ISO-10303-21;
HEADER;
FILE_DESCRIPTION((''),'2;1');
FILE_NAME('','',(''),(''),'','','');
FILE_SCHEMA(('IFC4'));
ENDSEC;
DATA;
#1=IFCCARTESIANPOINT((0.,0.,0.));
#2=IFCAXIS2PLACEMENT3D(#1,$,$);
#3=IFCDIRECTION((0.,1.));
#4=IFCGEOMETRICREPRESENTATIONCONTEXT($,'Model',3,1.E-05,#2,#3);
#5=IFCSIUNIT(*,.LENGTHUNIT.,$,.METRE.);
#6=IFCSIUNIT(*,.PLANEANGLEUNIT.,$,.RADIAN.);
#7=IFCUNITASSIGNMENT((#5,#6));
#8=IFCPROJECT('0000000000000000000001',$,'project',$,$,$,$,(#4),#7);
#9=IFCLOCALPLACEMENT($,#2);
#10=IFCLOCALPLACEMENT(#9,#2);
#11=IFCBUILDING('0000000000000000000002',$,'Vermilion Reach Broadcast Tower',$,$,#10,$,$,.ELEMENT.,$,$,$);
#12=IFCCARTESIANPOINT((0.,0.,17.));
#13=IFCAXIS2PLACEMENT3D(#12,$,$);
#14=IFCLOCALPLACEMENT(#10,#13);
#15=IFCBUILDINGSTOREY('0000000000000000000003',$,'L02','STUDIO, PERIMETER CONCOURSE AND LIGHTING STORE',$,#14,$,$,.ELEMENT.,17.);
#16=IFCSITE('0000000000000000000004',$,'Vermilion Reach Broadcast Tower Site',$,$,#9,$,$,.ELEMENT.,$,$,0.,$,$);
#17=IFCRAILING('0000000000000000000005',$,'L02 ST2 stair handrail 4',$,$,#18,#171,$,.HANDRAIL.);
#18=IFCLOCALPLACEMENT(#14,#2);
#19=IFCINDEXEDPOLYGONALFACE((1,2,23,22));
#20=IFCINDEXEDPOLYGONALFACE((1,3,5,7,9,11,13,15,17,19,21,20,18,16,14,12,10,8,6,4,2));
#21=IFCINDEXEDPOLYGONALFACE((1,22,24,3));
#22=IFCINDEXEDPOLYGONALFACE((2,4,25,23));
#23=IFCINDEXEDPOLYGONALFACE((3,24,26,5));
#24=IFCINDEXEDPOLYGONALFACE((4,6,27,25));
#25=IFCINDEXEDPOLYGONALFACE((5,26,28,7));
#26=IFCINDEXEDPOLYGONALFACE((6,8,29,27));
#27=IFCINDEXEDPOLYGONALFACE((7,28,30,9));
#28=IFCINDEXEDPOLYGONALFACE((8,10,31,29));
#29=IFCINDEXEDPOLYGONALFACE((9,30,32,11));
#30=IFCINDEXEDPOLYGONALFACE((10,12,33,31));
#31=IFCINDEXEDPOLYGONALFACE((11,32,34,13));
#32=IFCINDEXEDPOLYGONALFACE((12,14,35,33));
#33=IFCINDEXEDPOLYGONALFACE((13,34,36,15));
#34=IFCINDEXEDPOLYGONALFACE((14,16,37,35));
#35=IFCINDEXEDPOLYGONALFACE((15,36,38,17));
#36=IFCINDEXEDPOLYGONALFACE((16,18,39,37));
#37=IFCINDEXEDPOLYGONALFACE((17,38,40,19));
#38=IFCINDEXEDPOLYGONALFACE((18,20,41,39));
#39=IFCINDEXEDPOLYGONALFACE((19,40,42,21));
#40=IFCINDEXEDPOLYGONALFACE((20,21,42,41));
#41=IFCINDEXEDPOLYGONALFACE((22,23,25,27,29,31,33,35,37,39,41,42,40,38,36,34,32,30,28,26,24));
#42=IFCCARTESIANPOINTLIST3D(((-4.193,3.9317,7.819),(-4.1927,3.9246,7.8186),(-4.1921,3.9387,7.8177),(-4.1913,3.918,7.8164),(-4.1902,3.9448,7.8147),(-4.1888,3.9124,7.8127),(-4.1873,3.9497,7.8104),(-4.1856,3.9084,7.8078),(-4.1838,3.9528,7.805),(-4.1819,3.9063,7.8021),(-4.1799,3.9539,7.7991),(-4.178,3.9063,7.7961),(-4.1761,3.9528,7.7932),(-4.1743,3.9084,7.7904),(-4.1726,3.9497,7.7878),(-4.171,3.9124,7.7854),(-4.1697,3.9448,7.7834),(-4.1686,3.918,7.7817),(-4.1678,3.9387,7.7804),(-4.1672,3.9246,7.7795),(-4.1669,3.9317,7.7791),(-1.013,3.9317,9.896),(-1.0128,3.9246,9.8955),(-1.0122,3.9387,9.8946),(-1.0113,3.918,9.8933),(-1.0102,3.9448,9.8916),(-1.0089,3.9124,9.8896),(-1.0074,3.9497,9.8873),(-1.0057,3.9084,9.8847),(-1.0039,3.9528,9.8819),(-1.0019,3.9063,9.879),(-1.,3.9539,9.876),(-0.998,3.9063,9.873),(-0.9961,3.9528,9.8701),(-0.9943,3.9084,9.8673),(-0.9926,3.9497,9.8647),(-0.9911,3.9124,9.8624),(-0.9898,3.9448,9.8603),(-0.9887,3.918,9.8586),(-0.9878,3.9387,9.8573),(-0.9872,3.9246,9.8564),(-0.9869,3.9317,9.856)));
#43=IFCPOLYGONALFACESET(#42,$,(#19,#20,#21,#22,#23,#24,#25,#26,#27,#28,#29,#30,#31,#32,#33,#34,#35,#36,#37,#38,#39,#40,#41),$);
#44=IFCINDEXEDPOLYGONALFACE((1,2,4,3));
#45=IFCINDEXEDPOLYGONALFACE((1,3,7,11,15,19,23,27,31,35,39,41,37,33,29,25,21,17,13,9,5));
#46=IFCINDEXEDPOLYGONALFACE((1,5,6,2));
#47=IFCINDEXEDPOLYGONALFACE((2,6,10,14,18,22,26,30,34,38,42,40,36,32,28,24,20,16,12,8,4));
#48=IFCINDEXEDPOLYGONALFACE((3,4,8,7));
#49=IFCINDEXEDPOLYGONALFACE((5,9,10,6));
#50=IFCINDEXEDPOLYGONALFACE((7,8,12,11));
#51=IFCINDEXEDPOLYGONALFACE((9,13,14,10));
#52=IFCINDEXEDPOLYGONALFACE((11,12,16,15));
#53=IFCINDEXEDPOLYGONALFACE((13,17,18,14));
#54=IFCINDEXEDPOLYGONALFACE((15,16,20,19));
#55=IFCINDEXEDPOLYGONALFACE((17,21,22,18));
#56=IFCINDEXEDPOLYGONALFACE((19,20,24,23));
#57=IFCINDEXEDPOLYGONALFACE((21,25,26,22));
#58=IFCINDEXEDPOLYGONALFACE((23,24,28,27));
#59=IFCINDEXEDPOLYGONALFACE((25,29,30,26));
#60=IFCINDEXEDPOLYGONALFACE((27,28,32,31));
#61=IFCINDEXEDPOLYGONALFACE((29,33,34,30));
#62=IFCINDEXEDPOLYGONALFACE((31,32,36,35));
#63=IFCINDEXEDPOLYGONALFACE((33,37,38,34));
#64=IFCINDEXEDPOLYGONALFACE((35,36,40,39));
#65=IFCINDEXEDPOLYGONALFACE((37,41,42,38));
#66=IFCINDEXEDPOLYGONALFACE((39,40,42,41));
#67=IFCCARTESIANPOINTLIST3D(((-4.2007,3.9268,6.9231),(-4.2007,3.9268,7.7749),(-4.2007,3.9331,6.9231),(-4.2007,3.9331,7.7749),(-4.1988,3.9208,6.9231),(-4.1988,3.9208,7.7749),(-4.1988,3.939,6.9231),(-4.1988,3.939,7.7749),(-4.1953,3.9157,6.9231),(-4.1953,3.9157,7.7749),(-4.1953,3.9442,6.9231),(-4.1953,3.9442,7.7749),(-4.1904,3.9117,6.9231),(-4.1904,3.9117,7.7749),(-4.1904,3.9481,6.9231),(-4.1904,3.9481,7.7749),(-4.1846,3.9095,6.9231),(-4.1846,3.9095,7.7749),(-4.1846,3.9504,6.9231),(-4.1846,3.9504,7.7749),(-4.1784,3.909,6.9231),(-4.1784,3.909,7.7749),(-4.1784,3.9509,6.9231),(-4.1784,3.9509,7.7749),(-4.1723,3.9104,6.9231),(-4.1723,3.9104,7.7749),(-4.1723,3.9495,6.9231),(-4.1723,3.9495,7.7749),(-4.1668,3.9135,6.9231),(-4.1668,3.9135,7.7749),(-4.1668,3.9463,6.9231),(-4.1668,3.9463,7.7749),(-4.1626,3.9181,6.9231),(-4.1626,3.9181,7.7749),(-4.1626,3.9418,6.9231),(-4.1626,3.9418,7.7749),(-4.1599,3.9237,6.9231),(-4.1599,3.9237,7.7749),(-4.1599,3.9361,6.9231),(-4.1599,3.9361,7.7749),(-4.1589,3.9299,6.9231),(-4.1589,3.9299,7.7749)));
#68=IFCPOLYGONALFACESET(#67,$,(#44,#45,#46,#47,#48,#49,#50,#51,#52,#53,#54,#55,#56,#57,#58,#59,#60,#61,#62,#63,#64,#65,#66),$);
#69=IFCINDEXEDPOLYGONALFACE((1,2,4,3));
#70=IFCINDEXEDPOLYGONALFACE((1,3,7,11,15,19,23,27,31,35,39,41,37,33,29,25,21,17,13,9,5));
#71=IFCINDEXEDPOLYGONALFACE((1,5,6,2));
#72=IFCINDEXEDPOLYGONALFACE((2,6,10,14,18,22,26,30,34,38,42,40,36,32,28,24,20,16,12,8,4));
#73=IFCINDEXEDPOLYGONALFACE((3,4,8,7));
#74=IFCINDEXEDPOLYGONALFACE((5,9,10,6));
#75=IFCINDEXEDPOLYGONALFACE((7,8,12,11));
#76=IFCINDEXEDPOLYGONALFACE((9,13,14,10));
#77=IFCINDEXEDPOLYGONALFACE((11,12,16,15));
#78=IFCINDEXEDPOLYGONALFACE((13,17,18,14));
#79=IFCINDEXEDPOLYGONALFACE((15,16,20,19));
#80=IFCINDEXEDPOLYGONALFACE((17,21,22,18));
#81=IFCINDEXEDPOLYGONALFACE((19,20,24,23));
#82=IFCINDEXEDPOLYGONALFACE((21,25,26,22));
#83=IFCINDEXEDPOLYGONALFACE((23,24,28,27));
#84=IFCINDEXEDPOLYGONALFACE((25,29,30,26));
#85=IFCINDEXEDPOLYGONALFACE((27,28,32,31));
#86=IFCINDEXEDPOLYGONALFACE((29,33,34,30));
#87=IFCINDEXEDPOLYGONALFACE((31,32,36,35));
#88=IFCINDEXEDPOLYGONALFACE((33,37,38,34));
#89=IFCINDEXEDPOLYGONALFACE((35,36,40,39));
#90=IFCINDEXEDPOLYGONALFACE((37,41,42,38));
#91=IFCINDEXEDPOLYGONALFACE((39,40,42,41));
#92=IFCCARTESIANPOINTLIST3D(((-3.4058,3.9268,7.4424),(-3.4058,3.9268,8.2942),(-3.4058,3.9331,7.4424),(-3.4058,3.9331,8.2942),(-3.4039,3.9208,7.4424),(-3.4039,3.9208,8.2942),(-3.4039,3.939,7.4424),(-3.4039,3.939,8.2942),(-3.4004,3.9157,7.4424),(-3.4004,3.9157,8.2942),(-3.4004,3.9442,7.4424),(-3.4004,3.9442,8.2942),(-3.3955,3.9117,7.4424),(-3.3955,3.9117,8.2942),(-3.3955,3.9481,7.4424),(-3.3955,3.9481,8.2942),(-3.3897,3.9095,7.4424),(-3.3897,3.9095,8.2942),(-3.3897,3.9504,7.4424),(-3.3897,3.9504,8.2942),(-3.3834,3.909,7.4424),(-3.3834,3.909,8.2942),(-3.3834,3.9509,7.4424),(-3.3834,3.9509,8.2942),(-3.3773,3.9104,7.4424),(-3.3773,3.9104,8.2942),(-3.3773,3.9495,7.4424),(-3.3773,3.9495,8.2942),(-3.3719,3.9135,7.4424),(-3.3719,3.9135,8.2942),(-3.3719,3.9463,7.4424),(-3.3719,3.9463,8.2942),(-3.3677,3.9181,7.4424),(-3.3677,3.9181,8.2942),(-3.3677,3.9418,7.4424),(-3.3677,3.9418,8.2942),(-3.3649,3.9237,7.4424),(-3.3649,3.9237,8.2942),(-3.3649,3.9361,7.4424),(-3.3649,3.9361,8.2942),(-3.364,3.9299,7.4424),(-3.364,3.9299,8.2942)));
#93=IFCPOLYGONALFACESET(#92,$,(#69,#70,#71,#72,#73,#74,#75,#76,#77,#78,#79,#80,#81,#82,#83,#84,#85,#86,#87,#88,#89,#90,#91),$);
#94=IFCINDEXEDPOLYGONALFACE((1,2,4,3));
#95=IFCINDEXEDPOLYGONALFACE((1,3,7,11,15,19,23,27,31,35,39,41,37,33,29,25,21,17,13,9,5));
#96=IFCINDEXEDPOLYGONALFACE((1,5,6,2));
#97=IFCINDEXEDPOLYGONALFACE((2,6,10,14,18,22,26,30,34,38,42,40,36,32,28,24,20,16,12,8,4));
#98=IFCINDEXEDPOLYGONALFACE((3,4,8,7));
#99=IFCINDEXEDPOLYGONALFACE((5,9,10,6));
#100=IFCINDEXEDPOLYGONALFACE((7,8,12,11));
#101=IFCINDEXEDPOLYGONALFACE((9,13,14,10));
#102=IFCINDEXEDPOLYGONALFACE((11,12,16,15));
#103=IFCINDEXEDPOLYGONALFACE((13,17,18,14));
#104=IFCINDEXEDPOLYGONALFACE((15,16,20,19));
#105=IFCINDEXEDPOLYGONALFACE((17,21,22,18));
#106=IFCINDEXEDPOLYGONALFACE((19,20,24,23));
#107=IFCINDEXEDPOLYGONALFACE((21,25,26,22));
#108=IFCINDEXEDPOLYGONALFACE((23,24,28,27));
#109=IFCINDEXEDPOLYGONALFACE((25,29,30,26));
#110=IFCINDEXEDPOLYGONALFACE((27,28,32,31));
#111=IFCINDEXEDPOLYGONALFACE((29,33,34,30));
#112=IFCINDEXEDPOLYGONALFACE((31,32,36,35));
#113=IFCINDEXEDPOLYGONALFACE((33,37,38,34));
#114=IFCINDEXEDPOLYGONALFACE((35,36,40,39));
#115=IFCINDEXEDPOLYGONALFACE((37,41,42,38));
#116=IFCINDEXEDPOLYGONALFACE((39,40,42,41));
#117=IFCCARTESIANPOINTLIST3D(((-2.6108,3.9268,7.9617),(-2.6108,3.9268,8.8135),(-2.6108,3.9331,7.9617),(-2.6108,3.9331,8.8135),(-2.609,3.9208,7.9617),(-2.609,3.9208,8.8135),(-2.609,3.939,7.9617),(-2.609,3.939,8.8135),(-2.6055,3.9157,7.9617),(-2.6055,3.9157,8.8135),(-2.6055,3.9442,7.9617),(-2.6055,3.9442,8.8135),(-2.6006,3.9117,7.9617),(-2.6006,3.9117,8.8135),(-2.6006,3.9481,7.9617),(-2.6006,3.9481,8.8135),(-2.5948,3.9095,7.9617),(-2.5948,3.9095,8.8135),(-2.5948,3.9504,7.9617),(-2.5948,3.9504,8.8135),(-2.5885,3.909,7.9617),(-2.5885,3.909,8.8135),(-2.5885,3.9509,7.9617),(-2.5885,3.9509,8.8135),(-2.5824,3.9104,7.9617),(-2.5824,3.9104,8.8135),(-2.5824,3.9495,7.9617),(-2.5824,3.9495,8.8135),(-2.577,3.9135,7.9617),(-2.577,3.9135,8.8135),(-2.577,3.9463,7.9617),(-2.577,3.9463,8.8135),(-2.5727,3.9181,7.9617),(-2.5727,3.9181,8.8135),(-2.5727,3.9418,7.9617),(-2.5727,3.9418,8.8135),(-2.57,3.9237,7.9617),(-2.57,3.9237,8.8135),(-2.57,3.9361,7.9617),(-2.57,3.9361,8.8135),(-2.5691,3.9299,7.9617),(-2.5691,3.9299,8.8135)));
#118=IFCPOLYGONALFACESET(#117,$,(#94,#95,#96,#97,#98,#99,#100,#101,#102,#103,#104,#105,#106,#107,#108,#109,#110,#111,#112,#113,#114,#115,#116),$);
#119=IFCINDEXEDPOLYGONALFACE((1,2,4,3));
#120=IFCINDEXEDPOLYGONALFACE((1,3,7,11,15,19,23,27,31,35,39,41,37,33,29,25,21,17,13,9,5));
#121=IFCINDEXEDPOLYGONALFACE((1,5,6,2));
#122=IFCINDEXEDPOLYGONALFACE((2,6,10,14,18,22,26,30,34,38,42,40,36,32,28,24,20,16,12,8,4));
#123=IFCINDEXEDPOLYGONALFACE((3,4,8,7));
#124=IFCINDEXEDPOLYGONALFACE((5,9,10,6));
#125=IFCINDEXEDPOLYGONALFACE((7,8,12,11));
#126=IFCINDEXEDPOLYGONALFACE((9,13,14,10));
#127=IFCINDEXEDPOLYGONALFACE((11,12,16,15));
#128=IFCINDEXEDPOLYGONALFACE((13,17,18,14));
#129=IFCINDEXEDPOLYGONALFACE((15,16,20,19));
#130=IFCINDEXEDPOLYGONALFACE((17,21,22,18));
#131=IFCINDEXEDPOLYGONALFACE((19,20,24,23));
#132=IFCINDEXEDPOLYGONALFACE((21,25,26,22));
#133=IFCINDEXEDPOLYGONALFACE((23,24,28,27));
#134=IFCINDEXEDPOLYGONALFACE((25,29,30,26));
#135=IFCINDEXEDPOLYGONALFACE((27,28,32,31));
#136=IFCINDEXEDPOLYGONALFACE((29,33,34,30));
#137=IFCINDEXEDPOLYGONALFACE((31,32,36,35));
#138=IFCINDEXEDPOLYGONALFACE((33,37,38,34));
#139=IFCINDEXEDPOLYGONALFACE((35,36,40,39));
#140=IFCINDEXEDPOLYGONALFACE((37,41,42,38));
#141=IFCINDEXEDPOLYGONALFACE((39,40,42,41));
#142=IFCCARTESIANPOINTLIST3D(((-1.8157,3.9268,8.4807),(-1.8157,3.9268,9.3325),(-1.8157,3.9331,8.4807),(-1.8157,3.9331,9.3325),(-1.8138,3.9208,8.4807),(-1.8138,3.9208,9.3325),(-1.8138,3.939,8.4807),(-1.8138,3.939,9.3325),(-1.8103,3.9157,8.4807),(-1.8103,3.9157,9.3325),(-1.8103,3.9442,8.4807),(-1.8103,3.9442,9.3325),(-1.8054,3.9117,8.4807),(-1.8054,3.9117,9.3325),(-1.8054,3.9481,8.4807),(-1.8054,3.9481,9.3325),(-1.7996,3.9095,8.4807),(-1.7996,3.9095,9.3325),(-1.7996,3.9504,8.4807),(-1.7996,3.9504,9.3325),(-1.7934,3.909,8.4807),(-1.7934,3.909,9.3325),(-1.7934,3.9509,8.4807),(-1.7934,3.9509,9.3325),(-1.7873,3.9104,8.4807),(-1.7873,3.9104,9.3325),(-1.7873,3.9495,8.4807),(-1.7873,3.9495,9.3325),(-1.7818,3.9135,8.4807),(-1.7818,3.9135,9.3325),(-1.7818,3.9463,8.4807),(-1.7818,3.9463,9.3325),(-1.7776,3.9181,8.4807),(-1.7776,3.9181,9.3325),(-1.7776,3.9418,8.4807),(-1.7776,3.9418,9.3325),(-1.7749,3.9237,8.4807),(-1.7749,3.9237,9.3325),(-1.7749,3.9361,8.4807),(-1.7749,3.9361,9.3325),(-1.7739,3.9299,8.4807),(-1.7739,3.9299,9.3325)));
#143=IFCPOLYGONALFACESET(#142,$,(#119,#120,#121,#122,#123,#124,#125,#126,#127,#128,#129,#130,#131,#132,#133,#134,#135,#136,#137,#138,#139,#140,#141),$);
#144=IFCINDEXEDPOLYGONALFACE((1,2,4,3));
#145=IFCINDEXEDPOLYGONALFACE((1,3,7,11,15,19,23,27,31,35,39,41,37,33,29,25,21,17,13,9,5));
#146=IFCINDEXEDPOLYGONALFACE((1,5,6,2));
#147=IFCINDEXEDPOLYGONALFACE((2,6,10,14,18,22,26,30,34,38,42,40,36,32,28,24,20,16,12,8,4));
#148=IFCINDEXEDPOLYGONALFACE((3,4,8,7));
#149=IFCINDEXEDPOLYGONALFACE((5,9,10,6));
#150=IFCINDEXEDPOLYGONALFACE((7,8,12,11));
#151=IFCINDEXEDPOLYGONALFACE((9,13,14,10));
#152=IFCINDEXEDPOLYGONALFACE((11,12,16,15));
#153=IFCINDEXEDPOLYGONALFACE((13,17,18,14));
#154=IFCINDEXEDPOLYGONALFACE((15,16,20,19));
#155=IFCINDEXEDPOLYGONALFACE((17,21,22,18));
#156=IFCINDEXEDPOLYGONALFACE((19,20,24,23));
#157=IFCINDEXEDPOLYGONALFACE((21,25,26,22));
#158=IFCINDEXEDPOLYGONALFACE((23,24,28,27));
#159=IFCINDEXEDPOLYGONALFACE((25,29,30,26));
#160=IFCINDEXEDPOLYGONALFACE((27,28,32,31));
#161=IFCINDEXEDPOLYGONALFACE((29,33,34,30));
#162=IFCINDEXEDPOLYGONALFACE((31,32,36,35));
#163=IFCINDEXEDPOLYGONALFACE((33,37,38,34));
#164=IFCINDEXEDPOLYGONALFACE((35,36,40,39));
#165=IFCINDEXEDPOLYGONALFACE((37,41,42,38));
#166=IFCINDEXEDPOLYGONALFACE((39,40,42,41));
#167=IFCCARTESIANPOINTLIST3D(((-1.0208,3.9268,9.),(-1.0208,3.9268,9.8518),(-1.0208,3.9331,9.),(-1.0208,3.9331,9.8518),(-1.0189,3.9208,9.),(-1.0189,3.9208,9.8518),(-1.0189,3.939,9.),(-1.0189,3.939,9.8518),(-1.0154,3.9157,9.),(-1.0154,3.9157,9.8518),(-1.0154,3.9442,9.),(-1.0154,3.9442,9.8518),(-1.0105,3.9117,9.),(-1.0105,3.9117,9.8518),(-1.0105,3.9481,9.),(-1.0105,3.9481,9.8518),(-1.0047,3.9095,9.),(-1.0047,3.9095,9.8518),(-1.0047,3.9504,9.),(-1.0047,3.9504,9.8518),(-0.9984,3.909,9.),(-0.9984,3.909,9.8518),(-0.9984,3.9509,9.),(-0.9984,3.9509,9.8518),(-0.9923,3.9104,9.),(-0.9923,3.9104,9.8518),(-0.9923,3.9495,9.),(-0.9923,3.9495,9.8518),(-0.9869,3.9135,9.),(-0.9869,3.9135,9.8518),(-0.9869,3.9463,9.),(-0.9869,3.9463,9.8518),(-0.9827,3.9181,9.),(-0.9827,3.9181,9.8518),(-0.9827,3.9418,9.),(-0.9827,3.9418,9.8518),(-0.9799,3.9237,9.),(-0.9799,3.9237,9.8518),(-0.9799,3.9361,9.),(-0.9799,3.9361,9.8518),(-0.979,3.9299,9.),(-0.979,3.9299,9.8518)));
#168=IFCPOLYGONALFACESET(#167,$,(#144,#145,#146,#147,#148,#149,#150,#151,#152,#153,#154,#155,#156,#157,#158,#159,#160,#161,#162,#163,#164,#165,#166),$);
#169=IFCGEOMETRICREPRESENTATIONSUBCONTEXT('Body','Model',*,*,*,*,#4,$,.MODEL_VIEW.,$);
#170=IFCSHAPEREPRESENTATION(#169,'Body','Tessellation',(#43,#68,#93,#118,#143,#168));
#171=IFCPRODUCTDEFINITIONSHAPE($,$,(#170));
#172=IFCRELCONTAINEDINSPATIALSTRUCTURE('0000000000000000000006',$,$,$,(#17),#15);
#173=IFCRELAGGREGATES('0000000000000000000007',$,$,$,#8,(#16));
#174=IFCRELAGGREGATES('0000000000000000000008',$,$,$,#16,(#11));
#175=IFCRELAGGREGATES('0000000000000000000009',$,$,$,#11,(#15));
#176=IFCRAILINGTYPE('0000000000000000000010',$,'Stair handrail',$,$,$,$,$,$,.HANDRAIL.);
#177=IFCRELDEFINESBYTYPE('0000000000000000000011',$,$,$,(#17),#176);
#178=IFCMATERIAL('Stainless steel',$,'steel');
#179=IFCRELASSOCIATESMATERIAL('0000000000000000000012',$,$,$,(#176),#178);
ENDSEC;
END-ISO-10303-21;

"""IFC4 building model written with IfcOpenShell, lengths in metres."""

from ifc_helpers import new_model, si_unit, direction, frame, origin, origin_2d, place, context, subcontext, project, spatial, circle, extrude, material, type_object, element, save


model = new_model("IFC4")

# Units and contexts
model_context = context("Model", 3, precision=1e-05, world=origin(), true_north=direction((0.0, 1.0)))
body_context = subcontext(model_context, "Body", "Model", "MODEL_VIEW")
ifc_project = project(units=[si_unit("LENGTHUNIT", "METRE"), si_unit("PLANEANGLEUNIT", "RADIAN")], contexts=[model_context])

# Site, building, storey
site_placement = place(None, origin())
site = spatial("IfcSite", under=ifc_project, at=site_placement, Name="Vermilion Reach Broadcast Tower Site", CompositionType="ELEMENT", RefElevation=0.0)
building_placement = place(site_placement, origin())
building = spatial("IfcBuilding", under=site, at=building_placement, Name="Vermilion Reach Broadcast Tower", CompositionType="ELEMENT")
storey_placement = place(building_placement, frame((0.0, 0.0, 17.0)))
storey = spatial("IfcBuildingStorey", under=building, at=storey_placement, Name="L02", Description="STUDIO, PERIMETER CONCOURSE AND LIGHTING STORE", CompositionType="ELEMENT", Elevation=17.0)

# Railing
ifc_material_1 = material(Name="Stainless steel", Category="steel")
railing_type_1 = type_object("IfcRailingType", Name="Stair handrail", PredefinedType="HANDRAIL", material=ifc_material_1)
railing_1_placement = place(storey_placement, frame((-4.1799, 3.9299, 6.9231)))
element("IfcRailing", 1, at=railing_1_placement, inside=storey, type_object=railing_type_1, Name="L02 ST2 stair handrail 4", PredefinedType="HANDRAIL", context=body_context, shape_type="SweptSolid", body=[
    extrude(circle(Radius=0.0239, at=origin_2d()), frame((0.0, 0.0, 0.876), z_axis=(0.837245, 0.0, 0.546828), x_axis=(0.0, 1.0, 0.0)), (0.0, 0.0, 1.0), 3.7981),
    extrude(circle(Radius=0.021, at=origin_2d()), origin(), (0.0, 0.0, 1.0), 0.8518),
    extrude(circle(Radius=0.021, at=origin_2d()), frame((0.7949, 0.0, 0.5193)), (0.0, 0.0, 1.0), 0.8518),
    extrude(circle(Radius=0.021, at=origin_2d()), frame((1.5898, 0.0, 1.0386)), (0.0, 0.0, 1.0), 0.8518),
    extrude(circle(Radius=0.021, at=origin_2d()), frame((2.385, 0.0, 1.5576)), (0.0, 0.0, 1.0), 0.8518),
    extrude(circle(Radius=0.021, at=origin_2d()), frame((3.1799, 0.0, 2.0769)), (0.0, 0.0, 1.0), 0.8518),
])

save(model, "model.ifc")
